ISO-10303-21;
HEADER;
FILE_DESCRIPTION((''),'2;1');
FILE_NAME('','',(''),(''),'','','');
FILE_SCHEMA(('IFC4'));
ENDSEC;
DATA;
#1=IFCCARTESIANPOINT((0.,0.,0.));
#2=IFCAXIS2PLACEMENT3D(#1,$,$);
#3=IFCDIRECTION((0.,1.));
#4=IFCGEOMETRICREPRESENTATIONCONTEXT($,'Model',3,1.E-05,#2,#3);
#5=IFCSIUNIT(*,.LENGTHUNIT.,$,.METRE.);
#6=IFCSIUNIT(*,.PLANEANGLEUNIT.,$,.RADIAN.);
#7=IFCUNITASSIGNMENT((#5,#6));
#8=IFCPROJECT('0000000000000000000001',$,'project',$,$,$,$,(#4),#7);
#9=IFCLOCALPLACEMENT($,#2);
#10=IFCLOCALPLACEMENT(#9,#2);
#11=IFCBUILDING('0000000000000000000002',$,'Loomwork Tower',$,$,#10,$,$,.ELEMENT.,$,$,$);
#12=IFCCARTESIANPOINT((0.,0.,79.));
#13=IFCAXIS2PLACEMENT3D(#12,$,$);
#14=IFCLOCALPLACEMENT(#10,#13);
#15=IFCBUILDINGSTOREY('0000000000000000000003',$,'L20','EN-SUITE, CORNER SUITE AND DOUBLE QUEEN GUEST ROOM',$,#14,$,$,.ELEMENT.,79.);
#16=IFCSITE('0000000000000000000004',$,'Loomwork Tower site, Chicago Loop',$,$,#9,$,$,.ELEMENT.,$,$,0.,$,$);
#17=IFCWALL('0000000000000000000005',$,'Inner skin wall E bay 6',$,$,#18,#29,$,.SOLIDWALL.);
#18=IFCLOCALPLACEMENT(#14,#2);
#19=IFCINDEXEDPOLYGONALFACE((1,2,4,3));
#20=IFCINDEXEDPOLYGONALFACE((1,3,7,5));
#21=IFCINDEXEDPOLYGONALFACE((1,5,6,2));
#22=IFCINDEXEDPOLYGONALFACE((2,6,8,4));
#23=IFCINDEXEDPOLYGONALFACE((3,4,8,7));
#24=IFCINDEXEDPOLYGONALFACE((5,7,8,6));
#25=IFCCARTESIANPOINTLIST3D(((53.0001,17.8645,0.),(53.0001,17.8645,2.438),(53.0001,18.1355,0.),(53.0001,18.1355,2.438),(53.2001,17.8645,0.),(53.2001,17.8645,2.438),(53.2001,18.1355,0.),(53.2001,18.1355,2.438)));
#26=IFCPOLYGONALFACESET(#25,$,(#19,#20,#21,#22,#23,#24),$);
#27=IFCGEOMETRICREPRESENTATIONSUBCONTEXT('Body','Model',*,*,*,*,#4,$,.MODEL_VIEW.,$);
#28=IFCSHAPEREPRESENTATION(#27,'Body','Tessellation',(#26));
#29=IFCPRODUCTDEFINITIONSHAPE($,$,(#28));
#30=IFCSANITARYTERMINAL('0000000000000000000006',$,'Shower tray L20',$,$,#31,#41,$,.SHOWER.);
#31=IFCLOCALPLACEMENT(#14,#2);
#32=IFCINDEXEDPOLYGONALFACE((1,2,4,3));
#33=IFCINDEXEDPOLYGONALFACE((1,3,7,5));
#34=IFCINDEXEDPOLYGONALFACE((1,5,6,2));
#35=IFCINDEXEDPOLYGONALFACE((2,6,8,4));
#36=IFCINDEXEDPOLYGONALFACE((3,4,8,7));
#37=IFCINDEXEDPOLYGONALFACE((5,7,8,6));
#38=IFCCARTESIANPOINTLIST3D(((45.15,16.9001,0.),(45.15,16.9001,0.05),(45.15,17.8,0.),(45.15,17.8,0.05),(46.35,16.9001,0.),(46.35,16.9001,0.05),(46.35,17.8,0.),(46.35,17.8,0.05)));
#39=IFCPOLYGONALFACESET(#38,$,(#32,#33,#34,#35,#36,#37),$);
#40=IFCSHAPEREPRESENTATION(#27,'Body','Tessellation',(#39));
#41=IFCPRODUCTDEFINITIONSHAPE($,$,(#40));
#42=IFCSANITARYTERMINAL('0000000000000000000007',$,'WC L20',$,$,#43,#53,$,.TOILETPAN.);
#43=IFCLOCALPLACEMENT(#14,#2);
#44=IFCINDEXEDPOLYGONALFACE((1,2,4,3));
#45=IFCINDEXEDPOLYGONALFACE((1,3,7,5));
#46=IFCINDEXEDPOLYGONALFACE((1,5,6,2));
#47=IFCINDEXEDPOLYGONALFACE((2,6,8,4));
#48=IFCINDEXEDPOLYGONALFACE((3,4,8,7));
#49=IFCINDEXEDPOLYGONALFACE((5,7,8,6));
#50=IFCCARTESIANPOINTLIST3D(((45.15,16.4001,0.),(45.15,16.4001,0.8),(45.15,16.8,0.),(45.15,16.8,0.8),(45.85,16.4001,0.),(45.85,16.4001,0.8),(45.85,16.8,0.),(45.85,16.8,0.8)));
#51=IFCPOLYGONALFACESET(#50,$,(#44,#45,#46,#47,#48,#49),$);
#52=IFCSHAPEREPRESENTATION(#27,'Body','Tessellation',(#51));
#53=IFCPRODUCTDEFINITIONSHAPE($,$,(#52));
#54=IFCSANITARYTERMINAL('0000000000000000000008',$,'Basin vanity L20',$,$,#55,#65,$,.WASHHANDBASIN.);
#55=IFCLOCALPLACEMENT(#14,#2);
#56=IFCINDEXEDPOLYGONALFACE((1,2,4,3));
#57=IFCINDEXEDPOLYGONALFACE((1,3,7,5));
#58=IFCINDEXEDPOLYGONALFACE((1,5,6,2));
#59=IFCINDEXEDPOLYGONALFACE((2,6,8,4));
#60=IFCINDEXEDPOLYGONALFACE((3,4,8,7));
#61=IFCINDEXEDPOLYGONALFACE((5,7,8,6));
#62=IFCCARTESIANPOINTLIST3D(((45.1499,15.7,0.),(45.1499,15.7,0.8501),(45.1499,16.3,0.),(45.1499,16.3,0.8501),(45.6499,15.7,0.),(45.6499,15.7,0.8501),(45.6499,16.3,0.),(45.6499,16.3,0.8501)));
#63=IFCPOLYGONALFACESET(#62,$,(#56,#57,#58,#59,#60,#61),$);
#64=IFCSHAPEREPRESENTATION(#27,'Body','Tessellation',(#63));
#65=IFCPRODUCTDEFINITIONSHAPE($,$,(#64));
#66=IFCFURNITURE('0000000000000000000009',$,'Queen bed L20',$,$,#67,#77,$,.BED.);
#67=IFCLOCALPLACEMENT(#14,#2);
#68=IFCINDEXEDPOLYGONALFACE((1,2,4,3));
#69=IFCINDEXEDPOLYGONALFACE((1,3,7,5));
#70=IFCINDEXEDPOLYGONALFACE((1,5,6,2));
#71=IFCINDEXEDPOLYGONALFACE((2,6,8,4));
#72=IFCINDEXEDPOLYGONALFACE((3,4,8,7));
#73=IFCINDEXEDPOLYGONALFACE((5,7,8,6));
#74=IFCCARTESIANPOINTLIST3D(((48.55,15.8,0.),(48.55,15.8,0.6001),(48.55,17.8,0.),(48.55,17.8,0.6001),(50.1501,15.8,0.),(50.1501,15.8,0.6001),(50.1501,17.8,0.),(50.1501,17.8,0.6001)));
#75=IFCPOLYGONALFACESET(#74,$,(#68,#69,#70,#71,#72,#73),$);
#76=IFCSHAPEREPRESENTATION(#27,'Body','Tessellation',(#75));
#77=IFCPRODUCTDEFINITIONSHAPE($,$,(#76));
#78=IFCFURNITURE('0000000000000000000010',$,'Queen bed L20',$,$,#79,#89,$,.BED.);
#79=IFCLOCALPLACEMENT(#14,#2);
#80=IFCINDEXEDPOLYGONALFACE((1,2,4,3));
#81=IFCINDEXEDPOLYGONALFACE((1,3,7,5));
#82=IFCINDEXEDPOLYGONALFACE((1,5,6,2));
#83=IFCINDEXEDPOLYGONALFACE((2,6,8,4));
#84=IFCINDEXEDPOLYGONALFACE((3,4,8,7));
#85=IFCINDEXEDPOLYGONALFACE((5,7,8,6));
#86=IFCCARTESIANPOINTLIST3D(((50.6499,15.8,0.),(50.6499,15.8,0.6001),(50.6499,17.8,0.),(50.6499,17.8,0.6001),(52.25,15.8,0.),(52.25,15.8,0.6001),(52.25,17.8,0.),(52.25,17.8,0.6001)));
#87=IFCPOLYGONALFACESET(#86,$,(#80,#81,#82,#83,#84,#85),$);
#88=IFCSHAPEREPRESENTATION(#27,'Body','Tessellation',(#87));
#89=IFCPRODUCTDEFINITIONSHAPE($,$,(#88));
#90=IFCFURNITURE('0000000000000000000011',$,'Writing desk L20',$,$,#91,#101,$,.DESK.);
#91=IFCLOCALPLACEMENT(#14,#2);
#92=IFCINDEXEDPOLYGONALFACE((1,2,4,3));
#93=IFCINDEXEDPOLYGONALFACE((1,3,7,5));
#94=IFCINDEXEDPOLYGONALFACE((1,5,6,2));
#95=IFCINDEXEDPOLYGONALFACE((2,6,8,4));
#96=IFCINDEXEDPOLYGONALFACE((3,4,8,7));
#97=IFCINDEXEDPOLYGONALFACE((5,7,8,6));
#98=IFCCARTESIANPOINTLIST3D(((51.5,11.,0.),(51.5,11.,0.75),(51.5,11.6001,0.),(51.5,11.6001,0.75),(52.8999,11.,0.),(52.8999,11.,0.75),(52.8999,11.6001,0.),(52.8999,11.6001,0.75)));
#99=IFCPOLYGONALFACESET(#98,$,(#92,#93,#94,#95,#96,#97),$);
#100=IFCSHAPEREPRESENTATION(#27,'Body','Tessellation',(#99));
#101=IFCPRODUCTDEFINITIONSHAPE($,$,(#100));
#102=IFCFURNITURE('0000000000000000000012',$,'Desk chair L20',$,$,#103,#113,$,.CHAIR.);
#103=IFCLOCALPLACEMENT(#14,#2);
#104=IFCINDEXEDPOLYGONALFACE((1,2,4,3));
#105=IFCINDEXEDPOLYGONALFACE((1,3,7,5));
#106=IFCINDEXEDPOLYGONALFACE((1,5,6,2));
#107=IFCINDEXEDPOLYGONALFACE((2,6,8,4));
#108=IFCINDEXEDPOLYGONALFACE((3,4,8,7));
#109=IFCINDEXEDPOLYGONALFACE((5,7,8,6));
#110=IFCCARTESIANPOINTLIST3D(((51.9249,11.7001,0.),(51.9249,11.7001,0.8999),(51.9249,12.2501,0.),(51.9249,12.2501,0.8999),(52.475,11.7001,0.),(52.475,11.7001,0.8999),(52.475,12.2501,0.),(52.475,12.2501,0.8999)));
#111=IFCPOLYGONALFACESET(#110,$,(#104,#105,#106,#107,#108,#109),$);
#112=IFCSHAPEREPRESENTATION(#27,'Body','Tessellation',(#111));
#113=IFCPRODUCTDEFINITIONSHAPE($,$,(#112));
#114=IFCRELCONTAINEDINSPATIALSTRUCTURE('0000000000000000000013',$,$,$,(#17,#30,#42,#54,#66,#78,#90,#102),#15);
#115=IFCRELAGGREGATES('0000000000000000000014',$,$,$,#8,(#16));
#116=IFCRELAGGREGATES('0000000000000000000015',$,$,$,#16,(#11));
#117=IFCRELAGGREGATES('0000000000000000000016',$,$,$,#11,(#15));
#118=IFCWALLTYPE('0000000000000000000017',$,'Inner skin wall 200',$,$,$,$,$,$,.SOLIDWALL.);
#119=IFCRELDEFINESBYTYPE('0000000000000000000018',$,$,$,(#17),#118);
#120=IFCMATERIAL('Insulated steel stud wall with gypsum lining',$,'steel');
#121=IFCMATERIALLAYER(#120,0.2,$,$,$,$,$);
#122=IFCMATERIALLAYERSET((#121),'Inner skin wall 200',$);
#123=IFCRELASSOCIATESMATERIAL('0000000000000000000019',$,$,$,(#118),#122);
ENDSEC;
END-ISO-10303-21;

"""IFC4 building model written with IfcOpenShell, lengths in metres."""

from ifc_helpers import new_model, si_unit, direction, frame, frame_2d, origin, origin_2d, place, context, subcontext, project, spatial, rectangle, extrude, material, layer, layer_set, type_object, element, save


model = new_model("IFC4")

# Units and contexts
model_context = context("Model", 3, precision=1e-05, world=origin(), true_north=direction((0.0, 1.0)))
body_context = subcontext(model_context, "Body", "Model", "MODEL_VIEW")
ifc_project = project(units=[si_unit("LENGTHUNIT", "METRE"), si_unit("PLANEANGLEUNIT", "RADIAN")], contexts=[model_context])

# Site, building, storey
site_placement = place(None, origin())
site = spatial("IfcSite", under=ifc_project, at=site_placement, Name="Loomwork Tower site, Chicago Loop", CompositionType="ELEMENT", RefElevation=0.0)
building_placement = place(site_placement, origin())
building = spatial("IfcBuilding", under=site, at=building_placement, Name="Loomwork Tower", CompositionType="ELEMENT")
storey_placement = place(building_placement, frame((0.0, 0.0, 79.0)))
storey = spatial("IfcBuildingStorey", under=building, at=storey_placement, Name="L20", Description="EN-SUITE, CORNER SUITE AND DOUBLE QUEEN GUEST ROOM", CompositionType="ELEMENT", Elevation=79.0)

# Wall
ifc_material_1 = material(Name="Insulated steel stud wall with gypsum lining", Category="steel")
ifc_layer_1 = layer(ifc_material_1, 0.2)
ifc_layer_set_1 = layer_set([ifc_layer_1], Name="Inner skin wall 200")
wall_type_1 = type_object("IfcWallType", Name="Inner skin wall 200", PredefinedType="SOLIDWALL", material=ifc_layer_set_1)
wall_1_placement = place(storey_placement, frame((53.1001, 17.8645, 0.0), z_axis=(0.0, 0.0, 1.0), x_axis=(0.0, 1.0, 0.0)))
element("IfcWall", 1, at=wall_1_placement, inside=storey, type_object=wall_type_1, Name="Inner skin wall E bay 6", PredefinedType="SOLIDWALL", context=body_context, shape_type="SweptSolid", body=[
    extrude(rectangle(XDim=0.271, YDim=0.2, at=frame_2d((0.1355, 0.0))), origin(), (0.0, 0.0, 1.0), 2.438),
])

# Sanitary terminals
sanitary_terminal_1_placement = place(storey_placement, frame((45.75, 17.3501, 0.0), z_axis=(0.0, 0.0, 1.0), x_axis=(1.0, 0.0, 0.0)))
element("IfcSanitaryTerminal", 2, at=sanitary_terminal_1_placement, inside=storey, Name="Shower tray L20", PredefinedType="SHOWER", context=body_context, shape_type="SweptSolid", body=[
    extrude(rectangle(XDim=1.2, YDim=0.8999, at=origin_2d()), origin(), (0.0, 0.0, 1.0), 0.05),
])
sanitary_terminal_2_placement = place(storey_placement, frame((45.5, 16.6001, 0.0), z_axis=(0.0, 0.0, 1.0), x_axis=(1.0, 0.0, 0.0)))
element("IfcSanitaryTerminal", 3, at=sanitary_terminal_2_placement, inside=storey, Name="WC L20", PredefinedType="TOILETPAN", context=body_context, shape_type="SweptSolid", body=[
    extrude(rectangle(XDim=0.7, YDim=0.3999, at=origin_2d()), origin(), (0.0, 0.0, 1.0), 0.8),
])
sanitary_terminal_3_placement = place(storey_placement, frame((45.3999, 16.0, 0.0), z_axis=(0.0, 0.0, 1.0), x_axis=(1.0, 0.0, 0.0)))
element("IfcSanitaryTerminal", 4, at=sanitary_terminal_3_placement, inside=storey, Name="Basin vanity L20", PredefinedType="WASHHANDBASIN", context=body_context, shape_type="SweptSolid", body=[
    extrude(rectangle(XDim=0.5, YDim=0.6001, at=origin_2d()), origin(), (0.0, 0.0, 1.0), 0.8501),
])

# Furniture
for number, where, z_axis, x_axis, name in (
    (5, (49.3501, 16.8, 0.0), (0.0, 0.0, 1.0), (1.0, 0.0, 0.0), "Queen bed L20"),
    (6, (51.45, 16.8, 0.0), (0.0, 0.0, 1.0), (1.0, 0.0, 0.0), "Queen bed L20"),
):
    element("IfcFurniture", number, at=place(storey_placement, frame(where, z_axis=z_axis, x_axis=x_axis)), inside=storey, Name=name, PredefinedType="BED", context=body_context, shape_type="SweptSolid", body=[
        extrude(rectangle(XDim=1.6001, YDim=2.0, at=origin_2d()), origin(), (0.0, 0.0, 1.0), 0.6001),
    ])
furniture_1_placement = place(storey_placement, frame((52.2, 11.3, 0.0), z_axis=(0.0, 0.0, 1.0), x_axis=(1.0, 0.0, 0.0)))
element("IfcFurniture", 7, at=furniture_1_placement, inside=storey, Name="Writing desk L20", PredefinedType="DESK", context=body_context, shape_type="SweptSolid", body=[
    extrude(rectangle(XDim=1.3999, YDim=0.6001, at=origin_2d()), origin(), (0.0, 0.0, 1.0), 0.75),
])
furniture_2_placement = place(storey_placement, frame((52.2, 11.9751, 0.0), z_axis=(0.0, 0.0, 1.0), x_axis=(1.0, 0.0, 0.0)))
element("IfcFurniture", 8, at=furniture_2_placement, inside=storey, Name="Desk chair L20", PredefinedType="CHAIR", context=body_context, shape_type="SweptSolid", body=[
    extrude(rectangle(XDim=0.55, YDim=0.55, at=origin_2d()), origin(), (0.0, 0.0, 1.0), 0.8999),
])

save(model, "model.ifc")
